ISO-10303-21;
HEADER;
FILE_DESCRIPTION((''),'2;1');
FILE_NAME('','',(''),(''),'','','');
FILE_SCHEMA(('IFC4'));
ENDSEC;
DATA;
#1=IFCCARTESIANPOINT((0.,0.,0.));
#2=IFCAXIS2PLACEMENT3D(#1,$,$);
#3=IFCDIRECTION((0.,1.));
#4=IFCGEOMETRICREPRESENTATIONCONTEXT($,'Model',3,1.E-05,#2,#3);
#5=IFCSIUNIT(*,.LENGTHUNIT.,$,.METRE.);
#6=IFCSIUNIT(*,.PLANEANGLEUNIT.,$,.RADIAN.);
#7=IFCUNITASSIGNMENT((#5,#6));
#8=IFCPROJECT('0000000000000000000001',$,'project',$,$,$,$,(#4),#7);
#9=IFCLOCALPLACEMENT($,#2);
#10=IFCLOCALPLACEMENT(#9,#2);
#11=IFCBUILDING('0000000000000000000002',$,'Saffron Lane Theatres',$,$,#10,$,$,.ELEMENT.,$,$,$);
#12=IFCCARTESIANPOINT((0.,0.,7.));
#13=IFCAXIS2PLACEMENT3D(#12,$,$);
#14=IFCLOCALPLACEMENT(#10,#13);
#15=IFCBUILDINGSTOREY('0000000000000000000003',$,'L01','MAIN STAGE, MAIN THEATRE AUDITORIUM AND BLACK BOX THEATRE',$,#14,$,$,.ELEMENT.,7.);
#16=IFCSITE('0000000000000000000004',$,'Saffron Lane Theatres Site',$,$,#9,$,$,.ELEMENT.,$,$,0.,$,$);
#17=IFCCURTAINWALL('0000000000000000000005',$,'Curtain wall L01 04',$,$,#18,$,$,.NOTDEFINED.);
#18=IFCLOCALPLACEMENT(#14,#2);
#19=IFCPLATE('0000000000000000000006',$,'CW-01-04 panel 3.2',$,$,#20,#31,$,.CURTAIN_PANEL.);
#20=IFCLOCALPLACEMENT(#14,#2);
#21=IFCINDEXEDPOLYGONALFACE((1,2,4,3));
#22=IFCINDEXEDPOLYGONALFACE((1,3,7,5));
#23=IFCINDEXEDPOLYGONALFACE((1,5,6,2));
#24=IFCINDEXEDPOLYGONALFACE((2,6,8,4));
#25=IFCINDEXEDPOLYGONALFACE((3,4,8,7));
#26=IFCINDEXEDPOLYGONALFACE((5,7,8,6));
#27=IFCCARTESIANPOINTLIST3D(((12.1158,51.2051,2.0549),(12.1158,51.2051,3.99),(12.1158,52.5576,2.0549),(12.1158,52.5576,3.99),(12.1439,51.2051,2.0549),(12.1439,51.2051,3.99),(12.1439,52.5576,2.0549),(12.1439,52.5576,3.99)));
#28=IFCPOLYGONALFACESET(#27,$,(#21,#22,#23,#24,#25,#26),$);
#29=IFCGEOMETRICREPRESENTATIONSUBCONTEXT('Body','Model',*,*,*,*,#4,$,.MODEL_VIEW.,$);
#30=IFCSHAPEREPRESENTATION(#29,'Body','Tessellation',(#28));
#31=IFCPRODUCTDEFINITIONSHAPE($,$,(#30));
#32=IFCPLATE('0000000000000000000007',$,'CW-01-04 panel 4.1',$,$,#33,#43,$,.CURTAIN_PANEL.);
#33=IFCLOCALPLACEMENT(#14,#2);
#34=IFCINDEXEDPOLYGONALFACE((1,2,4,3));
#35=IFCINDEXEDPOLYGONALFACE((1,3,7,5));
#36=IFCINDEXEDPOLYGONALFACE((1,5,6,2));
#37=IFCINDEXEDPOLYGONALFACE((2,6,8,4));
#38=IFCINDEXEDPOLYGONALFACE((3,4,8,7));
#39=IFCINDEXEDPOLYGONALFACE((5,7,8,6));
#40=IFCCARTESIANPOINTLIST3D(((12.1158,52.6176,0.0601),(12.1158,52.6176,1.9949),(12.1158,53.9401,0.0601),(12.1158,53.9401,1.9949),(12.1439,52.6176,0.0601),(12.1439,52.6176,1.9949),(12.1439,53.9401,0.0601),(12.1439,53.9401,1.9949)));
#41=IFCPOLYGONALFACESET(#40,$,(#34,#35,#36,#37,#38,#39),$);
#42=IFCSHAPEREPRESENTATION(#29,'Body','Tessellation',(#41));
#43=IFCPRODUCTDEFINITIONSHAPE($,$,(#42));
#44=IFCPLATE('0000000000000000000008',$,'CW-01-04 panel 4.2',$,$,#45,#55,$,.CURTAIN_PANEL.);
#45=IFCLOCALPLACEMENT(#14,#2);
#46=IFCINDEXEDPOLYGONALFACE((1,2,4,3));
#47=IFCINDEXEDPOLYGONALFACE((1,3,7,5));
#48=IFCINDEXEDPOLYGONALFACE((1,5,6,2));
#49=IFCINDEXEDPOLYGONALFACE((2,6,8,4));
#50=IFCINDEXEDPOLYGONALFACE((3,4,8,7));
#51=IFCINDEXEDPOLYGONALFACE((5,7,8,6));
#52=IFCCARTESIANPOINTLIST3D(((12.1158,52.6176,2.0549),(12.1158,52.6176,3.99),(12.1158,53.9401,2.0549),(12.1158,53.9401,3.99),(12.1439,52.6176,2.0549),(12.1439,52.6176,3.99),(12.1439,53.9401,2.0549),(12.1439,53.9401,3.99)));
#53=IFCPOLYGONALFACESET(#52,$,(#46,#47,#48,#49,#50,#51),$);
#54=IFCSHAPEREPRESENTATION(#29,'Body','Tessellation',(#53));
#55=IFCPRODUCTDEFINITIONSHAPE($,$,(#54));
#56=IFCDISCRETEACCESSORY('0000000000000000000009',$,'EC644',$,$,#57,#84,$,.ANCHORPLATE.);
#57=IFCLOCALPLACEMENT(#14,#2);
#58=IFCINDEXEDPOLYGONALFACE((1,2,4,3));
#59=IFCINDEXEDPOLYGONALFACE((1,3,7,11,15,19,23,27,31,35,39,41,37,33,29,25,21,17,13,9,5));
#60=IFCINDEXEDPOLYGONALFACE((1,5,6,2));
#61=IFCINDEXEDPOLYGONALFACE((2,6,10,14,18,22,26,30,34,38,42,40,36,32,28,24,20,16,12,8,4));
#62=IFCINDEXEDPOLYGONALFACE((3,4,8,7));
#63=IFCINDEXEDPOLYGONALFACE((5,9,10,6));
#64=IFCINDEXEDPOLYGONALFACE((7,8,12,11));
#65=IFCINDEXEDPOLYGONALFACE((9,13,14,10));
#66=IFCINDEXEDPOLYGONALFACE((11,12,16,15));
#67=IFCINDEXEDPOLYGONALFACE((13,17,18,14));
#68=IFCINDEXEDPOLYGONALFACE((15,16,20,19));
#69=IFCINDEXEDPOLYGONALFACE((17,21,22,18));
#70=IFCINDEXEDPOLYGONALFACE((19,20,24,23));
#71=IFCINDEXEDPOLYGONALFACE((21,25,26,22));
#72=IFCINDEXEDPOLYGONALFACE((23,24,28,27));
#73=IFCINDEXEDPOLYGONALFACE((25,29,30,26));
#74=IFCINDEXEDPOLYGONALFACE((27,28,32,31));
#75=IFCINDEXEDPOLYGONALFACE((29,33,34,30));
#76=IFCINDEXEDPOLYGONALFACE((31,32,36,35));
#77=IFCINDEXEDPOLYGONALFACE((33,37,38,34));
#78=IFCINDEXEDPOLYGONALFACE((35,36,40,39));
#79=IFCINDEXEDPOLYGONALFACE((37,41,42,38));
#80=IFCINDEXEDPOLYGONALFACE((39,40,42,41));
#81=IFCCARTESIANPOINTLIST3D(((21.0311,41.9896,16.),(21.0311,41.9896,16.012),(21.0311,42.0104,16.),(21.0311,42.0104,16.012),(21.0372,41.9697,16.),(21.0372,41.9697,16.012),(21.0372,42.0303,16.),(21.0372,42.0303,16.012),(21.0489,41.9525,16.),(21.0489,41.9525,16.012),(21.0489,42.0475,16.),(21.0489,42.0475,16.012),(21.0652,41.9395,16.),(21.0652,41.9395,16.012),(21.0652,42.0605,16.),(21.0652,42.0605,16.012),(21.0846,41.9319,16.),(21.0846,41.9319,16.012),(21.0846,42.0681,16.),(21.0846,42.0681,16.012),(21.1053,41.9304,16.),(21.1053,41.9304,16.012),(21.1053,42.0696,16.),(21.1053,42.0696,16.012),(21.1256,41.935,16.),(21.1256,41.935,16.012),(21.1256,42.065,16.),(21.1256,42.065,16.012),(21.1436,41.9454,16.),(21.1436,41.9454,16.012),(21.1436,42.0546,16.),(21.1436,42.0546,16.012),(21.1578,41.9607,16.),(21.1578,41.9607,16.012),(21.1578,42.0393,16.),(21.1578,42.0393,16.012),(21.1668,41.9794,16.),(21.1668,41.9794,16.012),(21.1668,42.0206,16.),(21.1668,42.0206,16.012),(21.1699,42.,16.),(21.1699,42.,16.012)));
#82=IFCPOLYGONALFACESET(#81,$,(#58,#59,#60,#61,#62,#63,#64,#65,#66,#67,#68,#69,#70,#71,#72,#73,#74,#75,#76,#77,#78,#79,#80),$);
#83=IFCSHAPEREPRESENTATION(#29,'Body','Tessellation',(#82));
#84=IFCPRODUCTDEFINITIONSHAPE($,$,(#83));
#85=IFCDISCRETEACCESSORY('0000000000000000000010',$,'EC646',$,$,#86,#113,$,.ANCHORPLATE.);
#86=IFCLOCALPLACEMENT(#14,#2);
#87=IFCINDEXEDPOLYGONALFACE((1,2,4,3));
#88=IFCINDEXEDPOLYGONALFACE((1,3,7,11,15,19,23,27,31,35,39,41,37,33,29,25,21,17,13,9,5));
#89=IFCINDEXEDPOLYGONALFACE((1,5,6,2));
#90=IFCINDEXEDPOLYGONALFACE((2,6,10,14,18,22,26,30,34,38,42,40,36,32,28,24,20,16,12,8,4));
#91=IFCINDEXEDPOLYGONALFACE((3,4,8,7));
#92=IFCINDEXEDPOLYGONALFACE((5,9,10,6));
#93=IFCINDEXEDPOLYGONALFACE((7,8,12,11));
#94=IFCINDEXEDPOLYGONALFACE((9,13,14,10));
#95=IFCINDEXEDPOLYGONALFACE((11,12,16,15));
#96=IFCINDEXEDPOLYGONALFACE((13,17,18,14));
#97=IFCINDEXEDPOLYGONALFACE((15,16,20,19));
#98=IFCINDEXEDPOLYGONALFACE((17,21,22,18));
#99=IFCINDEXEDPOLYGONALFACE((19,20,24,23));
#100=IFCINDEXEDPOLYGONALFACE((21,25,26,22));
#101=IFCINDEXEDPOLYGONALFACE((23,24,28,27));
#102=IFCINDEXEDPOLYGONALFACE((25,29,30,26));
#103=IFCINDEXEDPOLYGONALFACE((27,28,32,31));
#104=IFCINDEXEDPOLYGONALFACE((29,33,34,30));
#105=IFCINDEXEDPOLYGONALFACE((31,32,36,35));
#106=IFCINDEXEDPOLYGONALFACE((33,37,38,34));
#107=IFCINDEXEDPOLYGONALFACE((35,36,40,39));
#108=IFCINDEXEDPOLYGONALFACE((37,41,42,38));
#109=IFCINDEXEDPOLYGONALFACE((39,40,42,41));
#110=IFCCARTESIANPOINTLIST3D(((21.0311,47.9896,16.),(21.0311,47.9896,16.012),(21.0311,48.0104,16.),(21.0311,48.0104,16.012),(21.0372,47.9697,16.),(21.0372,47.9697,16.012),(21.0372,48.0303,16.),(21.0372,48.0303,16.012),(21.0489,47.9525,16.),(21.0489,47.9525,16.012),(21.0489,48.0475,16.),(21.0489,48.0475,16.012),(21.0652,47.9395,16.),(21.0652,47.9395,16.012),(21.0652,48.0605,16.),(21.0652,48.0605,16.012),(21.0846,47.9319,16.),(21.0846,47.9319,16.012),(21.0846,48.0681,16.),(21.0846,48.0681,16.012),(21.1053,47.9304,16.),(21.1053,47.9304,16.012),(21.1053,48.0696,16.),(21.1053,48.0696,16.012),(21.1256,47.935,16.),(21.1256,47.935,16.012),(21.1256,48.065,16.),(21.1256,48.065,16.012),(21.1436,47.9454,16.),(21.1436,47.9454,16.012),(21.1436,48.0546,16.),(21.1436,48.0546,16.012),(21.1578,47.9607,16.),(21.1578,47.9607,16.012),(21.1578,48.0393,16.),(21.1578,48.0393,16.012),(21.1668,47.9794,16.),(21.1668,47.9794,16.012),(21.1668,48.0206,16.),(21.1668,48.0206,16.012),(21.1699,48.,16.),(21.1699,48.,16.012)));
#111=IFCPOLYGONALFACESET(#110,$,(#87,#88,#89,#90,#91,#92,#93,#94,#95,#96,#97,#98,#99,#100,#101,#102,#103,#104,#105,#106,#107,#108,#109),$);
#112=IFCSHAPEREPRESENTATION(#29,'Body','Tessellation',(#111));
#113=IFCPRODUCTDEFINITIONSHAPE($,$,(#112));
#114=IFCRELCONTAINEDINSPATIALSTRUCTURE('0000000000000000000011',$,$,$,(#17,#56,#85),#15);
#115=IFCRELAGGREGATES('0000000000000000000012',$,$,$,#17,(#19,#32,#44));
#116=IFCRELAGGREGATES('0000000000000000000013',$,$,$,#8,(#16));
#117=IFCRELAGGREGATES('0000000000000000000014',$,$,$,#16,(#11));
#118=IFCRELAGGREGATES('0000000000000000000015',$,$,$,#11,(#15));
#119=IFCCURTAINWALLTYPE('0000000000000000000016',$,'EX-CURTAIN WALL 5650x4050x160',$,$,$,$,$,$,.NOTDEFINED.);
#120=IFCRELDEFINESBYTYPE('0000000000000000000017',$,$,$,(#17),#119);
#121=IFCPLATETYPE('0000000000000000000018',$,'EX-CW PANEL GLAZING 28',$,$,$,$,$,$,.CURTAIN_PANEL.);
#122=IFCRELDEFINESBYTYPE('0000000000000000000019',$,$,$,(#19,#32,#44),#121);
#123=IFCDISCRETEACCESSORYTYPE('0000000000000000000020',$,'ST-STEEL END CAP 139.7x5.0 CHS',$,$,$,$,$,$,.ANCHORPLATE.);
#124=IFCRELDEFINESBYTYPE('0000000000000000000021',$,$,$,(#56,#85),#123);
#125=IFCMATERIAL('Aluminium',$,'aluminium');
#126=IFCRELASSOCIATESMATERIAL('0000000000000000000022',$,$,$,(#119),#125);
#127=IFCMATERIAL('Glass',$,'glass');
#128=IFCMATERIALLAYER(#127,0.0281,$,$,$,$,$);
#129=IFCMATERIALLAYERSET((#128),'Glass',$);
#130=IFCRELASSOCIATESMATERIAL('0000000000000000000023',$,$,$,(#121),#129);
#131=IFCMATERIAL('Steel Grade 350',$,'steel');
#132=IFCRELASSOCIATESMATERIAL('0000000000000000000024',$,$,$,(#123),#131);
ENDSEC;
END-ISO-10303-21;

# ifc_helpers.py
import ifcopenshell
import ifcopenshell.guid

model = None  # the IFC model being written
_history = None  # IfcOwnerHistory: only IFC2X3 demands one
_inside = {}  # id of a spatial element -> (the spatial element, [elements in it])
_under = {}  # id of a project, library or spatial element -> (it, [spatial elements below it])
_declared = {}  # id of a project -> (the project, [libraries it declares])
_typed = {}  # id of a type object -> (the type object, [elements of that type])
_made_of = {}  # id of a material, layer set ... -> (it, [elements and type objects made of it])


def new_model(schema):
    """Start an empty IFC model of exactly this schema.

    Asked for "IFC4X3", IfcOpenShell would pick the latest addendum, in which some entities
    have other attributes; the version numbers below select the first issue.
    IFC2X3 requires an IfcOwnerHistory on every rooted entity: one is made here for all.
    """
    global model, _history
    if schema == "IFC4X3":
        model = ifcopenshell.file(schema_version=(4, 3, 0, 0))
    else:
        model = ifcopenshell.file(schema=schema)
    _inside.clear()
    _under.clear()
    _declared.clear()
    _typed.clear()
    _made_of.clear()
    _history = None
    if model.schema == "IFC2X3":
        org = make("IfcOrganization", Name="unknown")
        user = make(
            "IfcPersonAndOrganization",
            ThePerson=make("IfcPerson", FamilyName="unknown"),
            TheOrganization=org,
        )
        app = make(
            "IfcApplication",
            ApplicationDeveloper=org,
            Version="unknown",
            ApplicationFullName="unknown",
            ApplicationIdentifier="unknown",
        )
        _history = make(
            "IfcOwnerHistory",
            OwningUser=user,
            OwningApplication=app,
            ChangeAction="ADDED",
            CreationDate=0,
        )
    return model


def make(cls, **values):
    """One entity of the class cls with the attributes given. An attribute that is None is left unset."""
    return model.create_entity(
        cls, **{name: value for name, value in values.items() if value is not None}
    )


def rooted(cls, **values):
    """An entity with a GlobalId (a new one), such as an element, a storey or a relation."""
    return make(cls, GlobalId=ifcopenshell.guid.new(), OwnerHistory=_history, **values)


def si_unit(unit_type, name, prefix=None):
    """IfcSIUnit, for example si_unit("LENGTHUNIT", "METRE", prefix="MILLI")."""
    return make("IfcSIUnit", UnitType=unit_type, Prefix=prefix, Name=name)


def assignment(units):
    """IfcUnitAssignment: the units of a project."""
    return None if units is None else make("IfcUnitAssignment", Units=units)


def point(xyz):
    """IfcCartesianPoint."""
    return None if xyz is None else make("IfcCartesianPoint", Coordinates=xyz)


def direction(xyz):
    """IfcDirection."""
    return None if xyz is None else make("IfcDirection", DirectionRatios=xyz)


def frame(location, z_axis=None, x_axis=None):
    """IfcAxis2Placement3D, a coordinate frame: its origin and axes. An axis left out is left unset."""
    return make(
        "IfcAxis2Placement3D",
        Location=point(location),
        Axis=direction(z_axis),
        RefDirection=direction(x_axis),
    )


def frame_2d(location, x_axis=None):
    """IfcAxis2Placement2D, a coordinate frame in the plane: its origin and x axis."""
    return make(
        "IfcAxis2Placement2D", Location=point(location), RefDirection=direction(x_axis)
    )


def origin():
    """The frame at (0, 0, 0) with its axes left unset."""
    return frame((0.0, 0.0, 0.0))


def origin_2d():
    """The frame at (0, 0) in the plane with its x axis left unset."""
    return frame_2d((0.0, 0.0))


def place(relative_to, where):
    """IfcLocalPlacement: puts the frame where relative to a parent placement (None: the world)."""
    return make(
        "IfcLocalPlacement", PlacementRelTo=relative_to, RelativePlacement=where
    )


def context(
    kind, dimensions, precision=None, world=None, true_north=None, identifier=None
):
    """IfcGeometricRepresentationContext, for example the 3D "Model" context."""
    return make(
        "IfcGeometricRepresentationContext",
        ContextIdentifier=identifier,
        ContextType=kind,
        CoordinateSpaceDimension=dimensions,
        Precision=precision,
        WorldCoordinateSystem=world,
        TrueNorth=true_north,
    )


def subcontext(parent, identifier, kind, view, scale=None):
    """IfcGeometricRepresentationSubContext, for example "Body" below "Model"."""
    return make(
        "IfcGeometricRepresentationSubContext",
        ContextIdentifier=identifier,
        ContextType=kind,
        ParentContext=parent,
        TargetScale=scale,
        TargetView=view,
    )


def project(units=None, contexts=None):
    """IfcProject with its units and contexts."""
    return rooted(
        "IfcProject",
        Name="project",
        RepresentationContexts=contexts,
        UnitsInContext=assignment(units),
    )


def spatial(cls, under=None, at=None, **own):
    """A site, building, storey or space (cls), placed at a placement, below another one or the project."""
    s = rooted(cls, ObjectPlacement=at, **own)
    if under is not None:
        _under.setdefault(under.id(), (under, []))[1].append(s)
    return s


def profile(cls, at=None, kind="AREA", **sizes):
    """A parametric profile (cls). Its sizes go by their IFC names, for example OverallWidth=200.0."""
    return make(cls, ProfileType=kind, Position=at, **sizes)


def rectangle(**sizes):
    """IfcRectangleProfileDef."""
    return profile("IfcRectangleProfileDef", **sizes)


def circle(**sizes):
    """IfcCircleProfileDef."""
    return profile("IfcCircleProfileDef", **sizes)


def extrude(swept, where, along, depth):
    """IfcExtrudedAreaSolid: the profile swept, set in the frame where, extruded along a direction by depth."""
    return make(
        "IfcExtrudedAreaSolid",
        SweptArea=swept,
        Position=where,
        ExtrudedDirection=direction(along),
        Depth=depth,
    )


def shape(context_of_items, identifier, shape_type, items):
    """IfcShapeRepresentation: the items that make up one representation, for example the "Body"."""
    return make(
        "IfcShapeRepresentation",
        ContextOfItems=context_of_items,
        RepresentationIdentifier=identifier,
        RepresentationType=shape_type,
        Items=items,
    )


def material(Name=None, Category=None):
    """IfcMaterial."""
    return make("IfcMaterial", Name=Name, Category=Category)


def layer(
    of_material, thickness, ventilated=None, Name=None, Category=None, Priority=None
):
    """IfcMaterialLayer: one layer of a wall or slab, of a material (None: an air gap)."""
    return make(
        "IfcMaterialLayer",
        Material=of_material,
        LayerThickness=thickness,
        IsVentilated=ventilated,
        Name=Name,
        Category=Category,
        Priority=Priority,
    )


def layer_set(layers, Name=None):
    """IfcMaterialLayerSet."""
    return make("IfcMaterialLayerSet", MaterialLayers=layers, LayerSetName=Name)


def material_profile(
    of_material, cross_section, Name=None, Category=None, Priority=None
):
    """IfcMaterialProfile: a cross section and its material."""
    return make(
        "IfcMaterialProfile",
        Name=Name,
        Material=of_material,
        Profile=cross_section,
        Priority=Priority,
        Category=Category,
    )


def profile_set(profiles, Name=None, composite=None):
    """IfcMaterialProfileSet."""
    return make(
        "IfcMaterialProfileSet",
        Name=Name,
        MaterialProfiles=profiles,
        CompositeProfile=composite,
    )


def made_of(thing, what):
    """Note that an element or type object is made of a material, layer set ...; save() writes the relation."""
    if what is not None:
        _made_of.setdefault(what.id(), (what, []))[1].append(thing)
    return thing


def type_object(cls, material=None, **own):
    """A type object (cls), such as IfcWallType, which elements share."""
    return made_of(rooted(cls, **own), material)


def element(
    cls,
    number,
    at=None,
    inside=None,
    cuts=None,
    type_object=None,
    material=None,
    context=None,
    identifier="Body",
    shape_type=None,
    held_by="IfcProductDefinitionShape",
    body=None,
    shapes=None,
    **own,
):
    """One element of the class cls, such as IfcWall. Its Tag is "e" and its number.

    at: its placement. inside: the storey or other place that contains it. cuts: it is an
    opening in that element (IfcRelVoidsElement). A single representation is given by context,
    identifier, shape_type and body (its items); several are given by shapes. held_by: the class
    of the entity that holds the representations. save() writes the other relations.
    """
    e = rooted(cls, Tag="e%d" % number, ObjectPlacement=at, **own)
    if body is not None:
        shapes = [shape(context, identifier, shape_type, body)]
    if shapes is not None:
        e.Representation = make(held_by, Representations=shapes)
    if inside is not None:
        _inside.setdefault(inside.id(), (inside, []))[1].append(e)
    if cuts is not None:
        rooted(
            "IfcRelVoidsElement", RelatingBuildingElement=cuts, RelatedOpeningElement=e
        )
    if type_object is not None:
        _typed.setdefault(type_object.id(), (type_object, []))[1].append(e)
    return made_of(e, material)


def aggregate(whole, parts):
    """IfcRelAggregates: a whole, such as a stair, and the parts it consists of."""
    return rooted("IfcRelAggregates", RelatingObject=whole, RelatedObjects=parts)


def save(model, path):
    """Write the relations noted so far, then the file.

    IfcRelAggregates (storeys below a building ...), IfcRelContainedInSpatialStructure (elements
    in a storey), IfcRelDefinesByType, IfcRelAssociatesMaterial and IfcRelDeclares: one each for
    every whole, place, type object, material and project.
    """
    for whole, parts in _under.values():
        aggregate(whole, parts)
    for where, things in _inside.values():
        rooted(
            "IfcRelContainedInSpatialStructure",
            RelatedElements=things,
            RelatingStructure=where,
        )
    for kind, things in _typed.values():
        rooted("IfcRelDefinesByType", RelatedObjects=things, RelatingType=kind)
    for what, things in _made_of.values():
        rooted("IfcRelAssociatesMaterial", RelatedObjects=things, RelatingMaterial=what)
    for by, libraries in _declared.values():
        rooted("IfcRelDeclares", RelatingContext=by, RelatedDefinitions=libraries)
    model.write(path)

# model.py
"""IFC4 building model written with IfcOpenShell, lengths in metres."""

from ifc_helpers import new_model, si_unit, direction, frame, origin, origin_2d, place, context, subcontext, project, spatial, rectangle, circle, extrude, material, layer, layer_set, material_profile, profile_set, type_object, element, aggregate, save


model = new_model("IFC4")

# Units and contexts
model_context = context("Model", 3, precision=1e-05, world=origin(), true_north=direction((0.0, 1.0)))
body_context = subcontext(model_context, "Body", "Model", "MODEL_VIEW")
ifc_project = project(units=[si_unit("LENGTHUNIT", "METRE"), si_unit("PLANEANGLEUNIT", "RADIAN")], contexts=[model_context])

# Site, building, storey
site_placement = place(None, origin())
site = spatial("IfcSite", under=ifc_project, at=site_placement, Name="Saffron Lane Theatres Site", CompositionType="ELEMENT", RefElevation=0.0)
building_placement = place(site_placement, origin())
building = spatial("IfcBuilding", under=site, at=building_placement, Name="Saffron Lane Theatres", CompositionType="ELEMENT")
storey_placement = place(building_placement, frame((0.0, 0.0, 7.0)))
storey = spatial("IfcBuildingStorey", under=building, at=storey_placement, Name="L01", Description="MAIN STAGE, MAIN THEATRE AUDITORIUM AND BLACK BOX THEATRE", CompositionType="ELEMENT", Elevation=7.0)

# Curtain wall, plates
ifc_material_1 = material(Name="Aluminium", Category="aluminium")
curtain_wall_type = type_object("IfcCurtainWallType", Name="EX-CURTAIN WALL 5650x4050x160", PredefinedType="NOTDEFINED", material=ifc_material_1)
curtain_wall_placement = place(storey_placement, origin())
curtain_wall = element("IfcCurtainWall", 1, at=curtain_wall_placement, inside=storey, type_object=curtain_wall_type, Name="Curtain wall L01 04", PredefinedType="NOTDEFINED")
ifc_material_2 = material(Name="Glass", Category="glass")
ifc_layer = layer(ifc_material_2, 0.0281)
ifc_layer_set = layer_set([ifc_layer], Name="Glass")
plate_type = type_object("IfcPlateType", Name="EX-CW PANEL GLAZING 28", PredefinedType="CURTAIN_PANEL", material=ifc_layer_set)
plate_1_placement = place(storey_placement, frame((12.1299, 51.8813, 2.0549), z_axis=(0.0, 0.0, 1.0), x_axis=(0.0, 1.0, 0.0)))
plate_1 = element("IfcPlate", 2, at=plate_1_placement, type_object=plate_type, Name="CW-01-04 panel 3.2", PredefinedType="CURTAIN_PANEL", context=body_context, shape_type="SweptSolid", body=[
    extrude(rectangle(XDim=1.3525, YDim=0.0281, at=origin_2d()), origin(), (0.0, 0.0, 1.0), 1.9351),
])
plate_2_placement = place(storey_placement, frame((12.1299, 53.2788, 0.0601), z_axis=(0.0, 0.0, 1.0), x_axis=(0.0, 1.0, 0.0)))
plate_2 = element("IfcPlate", 3, at=plate_2_placement, type_object=plate_type, Name="CW-01-04 panel 4.1", PredefinedType="CURTAIN_PANEL", context=body_context, shape_type="SweptSolid", body=[
    extrude(rectangle(XDim=1.3225, YDim=0.0281, at=origin_2d()), origin(), (0.0, 0.0, 1.0), 1.9348),
])
plate_3_placement = place(storey_placement, frame((12.1299, 53.2788, 2.0549), z_axis=(0.0, 0.0, 1.0), x_axis=(0.0, 1.0, 0.0)))
plate_3 = element("IfcPlate", 4, at=plate_3_placement, type_object=plate_type, Name="CW-01-04 panel 4.2", PredefinedType="CURTAIN_PANEL", context=body_context, shape_type="SweptSolid", body=[
    extrude(rectangle(XDim=1.3225, YDim=0.0281, at=origin_2d()), origin(), (0.0, 0.0, 1.0), 1.9351),
])
aggregate(curtain_wall, [plate_1, plate_2, plate_3])

# Discrete accessories
ifc_material_3 = material(Name="Steel Grade 350", Category="steel")
ifc_material_profile_1 = material_profile(ifc_material_3, circle(Radius=0.0698, at=origin_2d()))
ifc_profile_set_1 = profile_set([ifc_material_profile_1], Name="Steel Grade 350")
discrete_accessory_type = type_object("IfcDiscreteAccessoryType", Name="ST-STEEL END CAP 139.7x5.0 CHS", PredefinedType="ANCHORPLATE", material=ifc_profile_set_1)
for number, where, z_axis, x_axis, name in (
    (5, (21.1001, 42.0, 16.0), (0.0, 0.0, 1.0), (1.0, 0.0, 0.0), "EC644"),
    (6, (21.1001, 48.0, 16.0), (0.0, 0.0, 1.0), (1.0, 0.0, 0.0), "EC646"),
):
    element("IfcDiscreteAccessory", number, at=place(storey_placement, frame(where, z_axis=z_axis, x_axis=x_axis)), inside=storey, type_object=discrete_accessory_type, Name=name, PredefinedType="ANCHORPLATE", context=body_context, shape_type="SweptSolid", body=[
        extrude(circle(Radius=0.0698, at=origin_2d()), origin(), (0.0, 0.0, 1.0), 0.012),
    ])

save(model, "model.ifc")
